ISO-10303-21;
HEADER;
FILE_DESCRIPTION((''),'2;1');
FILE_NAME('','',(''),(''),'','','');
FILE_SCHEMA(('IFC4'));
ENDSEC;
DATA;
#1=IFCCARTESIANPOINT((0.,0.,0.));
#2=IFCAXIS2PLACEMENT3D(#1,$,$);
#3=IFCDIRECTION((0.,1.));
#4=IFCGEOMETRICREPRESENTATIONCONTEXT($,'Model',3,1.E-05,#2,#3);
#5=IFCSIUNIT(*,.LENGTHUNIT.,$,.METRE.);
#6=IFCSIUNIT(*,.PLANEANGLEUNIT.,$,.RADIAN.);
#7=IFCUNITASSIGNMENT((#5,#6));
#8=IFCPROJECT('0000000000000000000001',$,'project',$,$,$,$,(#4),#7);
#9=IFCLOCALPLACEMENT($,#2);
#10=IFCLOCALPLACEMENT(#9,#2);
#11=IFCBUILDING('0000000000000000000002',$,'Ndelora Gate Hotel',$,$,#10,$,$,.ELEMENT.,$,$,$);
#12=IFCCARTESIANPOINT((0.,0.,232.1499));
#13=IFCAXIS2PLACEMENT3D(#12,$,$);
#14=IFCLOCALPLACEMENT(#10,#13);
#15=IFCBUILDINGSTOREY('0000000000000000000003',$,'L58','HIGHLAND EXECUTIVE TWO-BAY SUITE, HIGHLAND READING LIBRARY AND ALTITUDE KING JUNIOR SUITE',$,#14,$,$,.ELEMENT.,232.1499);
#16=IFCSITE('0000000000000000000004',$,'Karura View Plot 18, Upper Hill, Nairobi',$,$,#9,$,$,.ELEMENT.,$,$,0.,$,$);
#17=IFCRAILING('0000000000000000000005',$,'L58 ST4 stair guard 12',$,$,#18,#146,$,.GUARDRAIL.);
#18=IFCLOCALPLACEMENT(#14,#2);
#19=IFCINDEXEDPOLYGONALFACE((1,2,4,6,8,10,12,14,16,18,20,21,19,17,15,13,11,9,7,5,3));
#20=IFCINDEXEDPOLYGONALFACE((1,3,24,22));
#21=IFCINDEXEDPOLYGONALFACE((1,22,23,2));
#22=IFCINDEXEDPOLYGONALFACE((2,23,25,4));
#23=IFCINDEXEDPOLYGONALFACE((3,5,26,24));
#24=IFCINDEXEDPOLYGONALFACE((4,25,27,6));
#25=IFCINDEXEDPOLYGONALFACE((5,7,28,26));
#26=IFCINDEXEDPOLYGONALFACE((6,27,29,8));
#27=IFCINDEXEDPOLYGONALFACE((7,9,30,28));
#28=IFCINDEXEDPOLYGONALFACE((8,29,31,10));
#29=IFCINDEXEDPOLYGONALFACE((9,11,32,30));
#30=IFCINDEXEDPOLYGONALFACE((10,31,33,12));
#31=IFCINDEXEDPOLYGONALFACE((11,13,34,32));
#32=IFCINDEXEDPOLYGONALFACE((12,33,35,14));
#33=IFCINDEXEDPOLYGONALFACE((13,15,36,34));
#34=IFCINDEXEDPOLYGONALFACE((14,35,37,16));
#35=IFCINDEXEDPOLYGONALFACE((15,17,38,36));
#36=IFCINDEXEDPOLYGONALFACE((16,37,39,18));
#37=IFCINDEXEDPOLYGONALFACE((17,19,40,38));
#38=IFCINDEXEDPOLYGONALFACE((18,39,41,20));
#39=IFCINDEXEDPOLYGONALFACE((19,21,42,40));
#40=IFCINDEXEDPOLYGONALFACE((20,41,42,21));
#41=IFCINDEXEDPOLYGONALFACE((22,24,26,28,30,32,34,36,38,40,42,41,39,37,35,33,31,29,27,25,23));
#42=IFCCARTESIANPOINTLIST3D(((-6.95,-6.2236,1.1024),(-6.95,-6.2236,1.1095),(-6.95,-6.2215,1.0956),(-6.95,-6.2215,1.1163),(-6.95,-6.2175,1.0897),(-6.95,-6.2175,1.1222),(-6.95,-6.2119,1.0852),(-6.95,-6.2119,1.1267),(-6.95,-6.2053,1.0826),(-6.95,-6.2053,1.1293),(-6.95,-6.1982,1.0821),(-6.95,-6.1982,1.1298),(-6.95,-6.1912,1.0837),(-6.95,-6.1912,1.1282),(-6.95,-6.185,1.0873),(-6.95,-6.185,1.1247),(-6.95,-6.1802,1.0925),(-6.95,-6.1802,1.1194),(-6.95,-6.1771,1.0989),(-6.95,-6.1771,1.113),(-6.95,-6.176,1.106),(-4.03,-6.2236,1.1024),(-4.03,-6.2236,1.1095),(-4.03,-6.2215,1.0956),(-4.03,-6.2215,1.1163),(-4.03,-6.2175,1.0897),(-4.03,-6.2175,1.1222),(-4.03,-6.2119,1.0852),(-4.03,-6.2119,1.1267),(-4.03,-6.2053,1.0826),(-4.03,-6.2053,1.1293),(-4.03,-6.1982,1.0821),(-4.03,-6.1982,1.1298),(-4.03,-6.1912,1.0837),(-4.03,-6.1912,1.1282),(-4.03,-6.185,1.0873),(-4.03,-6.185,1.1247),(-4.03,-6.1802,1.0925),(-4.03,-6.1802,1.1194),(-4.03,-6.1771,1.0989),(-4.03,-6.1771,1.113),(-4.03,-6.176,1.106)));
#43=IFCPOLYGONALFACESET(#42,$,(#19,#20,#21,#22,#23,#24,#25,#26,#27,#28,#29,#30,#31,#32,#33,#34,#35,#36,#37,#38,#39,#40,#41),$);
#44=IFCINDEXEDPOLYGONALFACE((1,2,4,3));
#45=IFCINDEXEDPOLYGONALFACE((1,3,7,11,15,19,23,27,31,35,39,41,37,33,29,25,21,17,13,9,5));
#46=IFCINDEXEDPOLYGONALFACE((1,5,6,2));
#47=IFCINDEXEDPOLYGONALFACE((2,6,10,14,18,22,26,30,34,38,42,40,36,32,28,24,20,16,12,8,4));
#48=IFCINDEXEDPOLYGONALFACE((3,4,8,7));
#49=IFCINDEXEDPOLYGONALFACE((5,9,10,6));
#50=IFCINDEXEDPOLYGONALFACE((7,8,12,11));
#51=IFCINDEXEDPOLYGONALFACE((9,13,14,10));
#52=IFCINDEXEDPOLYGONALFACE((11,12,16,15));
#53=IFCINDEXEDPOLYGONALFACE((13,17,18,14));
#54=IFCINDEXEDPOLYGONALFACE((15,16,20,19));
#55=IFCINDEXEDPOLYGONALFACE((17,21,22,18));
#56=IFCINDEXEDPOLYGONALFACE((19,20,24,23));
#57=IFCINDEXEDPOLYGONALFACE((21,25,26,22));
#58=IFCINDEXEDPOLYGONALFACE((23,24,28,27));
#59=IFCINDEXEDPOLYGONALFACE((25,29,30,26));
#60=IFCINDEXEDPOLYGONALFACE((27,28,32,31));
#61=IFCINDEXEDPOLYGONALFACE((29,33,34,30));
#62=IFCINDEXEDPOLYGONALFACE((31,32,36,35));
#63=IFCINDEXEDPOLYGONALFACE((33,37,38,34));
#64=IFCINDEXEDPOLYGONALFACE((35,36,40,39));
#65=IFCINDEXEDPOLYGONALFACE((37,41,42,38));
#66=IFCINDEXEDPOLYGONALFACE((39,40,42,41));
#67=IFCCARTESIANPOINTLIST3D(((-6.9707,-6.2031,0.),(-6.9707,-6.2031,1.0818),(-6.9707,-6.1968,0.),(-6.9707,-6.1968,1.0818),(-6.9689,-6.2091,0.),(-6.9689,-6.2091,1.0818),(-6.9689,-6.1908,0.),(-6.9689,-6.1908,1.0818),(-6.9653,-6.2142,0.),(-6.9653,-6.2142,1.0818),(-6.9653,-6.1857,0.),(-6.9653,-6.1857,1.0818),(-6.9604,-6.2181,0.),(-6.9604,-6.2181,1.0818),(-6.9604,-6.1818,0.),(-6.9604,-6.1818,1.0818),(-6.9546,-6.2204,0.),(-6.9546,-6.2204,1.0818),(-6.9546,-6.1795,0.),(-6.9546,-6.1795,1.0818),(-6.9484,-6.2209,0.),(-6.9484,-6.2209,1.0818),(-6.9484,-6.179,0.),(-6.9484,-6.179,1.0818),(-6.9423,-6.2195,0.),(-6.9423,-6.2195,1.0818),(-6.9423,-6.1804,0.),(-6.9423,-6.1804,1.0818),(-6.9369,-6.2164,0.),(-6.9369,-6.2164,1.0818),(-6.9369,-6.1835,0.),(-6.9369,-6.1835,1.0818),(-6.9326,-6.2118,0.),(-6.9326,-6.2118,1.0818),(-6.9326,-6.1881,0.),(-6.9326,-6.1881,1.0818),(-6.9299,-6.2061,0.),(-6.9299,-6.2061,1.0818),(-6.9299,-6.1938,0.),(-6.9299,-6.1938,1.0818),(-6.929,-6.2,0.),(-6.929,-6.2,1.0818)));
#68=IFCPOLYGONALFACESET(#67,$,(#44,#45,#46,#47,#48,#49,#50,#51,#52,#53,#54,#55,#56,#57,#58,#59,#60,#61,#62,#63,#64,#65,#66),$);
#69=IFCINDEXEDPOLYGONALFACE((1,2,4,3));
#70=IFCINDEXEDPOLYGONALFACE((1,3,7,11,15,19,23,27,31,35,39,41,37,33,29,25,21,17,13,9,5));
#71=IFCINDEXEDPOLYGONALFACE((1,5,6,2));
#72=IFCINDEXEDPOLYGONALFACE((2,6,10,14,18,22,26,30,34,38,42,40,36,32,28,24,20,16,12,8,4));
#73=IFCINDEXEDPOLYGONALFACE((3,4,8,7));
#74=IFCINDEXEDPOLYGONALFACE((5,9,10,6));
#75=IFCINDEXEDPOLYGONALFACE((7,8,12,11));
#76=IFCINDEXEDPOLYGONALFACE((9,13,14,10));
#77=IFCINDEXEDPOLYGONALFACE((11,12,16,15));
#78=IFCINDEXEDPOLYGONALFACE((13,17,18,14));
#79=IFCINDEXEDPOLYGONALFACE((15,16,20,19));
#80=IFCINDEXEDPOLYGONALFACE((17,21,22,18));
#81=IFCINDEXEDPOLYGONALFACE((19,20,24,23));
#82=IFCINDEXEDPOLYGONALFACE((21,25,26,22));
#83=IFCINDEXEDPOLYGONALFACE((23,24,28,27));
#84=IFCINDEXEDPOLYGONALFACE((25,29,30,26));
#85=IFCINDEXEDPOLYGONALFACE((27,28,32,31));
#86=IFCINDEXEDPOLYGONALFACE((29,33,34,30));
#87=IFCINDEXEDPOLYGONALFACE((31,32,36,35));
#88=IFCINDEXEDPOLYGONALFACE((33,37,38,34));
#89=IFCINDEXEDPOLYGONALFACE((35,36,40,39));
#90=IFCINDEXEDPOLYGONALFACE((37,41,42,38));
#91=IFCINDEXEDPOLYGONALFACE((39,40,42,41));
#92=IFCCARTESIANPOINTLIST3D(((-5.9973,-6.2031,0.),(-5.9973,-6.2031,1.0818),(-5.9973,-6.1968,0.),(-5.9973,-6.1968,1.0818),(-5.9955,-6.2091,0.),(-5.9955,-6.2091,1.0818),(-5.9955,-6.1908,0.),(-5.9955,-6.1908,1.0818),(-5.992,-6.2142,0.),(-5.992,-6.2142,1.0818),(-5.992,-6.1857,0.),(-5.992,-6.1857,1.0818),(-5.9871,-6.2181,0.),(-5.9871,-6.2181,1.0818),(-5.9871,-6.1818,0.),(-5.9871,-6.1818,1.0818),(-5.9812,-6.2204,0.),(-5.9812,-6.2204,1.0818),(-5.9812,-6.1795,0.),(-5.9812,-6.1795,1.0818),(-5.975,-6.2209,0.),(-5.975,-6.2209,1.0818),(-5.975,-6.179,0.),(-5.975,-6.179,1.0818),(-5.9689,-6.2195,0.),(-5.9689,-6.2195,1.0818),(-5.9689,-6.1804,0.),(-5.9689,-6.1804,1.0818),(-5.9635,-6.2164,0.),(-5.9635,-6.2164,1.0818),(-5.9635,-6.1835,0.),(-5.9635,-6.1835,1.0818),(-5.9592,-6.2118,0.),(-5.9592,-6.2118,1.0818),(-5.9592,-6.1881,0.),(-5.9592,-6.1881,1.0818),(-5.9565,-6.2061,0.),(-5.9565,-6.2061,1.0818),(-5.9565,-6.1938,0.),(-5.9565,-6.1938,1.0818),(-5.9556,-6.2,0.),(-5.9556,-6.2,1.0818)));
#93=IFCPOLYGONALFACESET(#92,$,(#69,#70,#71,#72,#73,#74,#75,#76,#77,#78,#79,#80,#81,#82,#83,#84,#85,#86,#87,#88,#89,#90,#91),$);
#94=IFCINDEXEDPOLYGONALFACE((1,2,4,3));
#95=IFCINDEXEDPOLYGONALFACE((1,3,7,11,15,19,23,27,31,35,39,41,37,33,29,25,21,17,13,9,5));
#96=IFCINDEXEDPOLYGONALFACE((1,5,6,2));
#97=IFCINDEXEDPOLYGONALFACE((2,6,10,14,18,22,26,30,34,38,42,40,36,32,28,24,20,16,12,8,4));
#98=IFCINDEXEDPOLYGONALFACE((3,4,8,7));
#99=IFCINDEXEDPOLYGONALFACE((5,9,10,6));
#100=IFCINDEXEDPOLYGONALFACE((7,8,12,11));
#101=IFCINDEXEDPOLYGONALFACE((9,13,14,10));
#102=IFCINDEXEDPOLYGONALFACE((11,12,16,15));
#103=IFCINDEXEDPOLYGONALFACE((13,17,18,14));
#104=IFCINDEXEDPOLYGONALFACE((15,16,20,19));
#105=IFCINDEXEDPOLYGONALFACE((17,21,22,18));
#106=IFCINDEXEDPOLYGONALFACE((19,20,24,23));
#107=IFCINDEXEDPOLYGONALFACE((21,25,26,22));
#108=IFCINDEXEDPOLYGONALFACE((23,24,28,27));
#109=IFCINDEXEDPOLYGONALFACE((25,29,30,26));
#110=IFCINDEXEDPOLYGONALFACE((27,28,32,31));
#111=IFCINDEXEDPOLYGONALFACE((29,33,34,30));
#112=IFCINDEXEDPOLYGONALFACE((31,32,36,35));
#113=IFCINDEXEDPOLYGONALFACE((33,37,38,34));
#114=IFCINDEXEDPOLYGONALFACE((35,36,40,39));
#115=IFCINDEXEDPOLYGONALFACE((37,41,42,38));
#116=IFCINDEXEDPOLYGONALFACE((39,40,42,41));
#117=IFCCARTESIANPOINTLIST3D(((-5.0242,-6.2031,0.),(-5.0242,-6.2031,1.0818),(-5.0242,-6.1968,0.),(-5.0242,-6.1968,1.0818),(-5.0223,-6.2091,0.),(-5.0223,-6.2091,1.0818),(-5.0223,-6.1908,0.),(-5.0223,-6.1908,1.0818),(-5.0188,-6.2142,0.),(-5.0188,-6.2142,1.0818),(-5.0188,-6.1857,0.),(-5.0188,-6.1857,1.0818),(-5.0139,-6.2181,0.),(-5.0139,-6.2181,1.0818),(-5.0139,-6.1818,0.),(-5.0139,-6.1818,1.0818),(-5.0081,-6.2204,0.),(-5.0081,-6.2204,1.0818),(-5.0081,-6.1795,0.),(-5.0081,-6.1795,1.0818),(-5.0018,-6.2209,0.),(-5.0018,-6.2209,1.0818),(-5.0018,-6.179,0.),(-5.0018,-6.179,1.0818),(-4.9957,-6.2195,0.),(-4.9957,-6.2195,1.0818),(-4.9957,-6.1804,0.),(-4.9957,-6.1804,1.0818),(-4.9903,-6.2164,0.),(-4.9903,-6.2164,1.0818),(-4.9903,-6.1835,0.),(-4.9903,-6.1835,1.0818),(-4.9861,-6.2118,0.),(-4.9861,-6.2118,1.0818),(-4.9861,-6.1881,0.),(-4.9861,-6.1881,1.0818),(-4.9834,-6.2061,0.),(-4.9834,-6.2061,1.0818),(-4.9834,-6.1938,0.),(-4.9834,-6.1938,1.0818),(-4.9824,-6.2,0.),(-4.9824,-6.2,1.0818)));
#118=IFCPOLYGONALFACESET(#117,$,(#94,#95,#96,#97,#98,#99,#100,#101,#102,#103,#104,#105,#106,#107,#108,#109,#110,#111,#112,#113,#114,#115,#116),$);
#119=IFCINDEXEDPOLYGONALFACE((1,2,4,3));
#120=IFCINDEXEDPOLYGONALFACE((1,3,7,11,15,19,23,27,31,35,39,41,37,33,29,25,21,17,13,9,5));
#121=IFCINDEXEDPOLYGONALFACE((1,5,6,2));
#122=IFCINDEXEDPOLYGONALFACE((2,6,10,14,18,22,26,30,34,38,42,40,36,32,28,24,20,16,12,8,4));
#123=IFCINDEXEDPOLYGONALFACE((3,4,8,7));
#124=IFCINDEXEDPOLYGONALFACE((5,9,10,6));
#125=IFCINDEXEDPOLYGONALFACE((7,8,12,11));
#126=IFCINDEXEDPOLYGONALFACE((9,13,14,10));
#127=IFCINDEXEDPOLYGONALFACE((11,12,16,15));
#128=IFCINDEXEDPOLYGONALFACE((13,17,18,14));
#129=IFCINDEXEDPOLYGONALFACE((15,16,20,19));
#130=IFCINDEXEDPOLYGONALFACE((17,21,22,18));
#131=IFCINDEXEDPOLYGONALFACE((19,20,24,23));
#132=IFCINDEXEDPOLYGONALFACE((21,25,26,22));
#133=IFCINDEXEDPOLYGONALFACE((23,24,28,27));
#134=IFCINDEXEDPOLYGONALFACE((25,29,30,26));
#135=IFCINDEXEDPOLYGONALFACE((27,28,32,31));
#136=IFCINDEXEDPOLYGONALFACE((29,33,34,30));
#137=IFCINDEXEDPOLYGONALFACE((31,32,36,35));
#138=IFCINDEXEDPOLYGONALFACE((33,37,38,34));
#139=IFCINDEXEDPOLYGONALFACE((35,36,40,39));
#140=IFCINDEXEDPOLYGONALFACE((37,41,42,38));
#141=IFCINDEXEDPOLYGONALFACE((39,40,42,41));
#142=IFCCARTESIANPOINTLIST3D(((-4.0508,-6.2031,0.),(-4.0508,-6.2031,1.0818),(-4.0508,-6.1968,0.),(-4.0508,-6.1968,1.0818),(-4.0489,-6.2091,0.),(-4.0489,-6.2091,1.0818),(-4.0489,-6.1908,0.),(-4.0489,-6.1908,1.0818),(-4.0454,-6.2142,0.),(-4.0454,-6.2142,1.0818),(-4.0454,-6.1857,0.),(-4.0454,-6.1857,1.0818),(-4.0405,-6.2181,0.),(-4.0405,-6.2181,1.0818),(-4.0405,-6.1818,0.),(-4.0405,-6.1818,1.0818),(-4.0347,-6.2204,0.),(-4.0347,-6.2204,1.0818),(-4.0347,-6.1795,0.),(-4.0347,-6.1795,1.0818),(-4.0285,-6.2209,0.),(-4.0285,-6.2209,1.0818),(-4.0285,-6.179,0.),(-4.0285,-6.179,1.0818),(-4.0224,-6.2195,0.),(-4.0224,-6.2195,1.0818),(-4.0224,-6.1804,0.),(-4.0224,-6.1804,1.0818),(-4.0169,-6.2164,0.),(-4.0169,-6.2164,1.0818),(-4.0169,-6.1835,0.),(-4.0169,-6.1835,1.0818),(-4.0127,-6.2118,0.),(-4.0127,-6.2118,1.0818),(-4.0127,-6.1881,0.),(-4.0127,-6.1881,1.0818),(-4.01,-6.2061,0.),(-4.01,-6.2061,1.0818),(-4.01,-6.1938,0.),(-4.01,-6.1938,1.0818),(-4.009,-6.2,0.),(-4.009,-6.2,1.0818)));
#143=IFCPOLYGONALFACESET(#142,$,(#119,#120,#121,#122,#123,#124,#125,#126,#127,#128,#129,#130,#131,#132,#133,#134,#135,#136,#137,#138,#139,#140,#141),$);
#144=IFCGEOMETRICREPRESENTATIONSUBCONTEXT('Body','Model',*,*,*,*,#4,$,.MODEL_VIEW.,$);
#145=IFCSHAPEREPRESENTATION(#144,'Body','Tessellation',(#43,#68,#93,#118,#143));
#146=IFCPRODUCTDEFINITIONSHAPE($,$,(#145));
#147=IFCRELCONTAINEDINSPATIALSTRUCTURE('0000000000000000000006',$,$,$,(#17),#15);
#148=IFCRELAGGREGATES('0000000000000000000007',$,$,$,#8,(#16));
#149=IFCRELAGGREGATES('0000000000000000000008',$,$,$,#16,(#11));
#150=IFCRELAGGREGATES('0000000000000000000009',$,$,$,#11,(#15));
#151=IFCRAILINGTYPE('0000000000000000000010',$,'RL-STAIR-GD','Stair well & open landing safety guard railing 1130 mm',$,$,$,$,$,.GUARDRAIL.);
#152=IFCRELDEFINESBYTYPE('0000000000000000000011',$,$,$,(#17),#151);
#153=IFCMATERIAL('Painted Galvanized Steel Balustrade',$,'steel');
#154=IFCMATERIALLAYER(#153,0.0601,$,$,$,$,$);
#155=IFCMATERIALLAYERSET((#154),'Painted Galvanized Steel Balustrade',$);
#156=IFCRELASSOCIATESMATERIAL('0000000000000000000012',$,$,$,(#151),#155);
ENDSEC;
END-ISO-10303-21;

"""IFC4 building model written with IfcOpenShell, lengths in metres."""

from ifc_helpers import new_model, si_unit, direction, frame, origin, origin_2d, place, context, subcontext, project, spatial, circle, extrude, material, layer, layer_set, type_object, element, save


model = new_model("IFC4")

# Units and contexts
model_context = context("Model", 3, precision=1e-05, world=origin(), true_north=direction((0.0, 1.0)))
body_context = subcontext(model_context, "Body", "Model", "MODEL_VIEW")
ifc_project = project(units=[si_unit("LENGTHUNIT", "METRE"), si_unit("PLANEANGLEUNIT", "RADIAN")], contexts=[model_context])

# Site, building, storey
site_placement = place(None, origin())
site = spatial("IfcSite", under=ifc_project, at=site_placement, Name="Karura View Plot 18, Upper Hill, Nairobi", CompositionType="ELEMENT", RefElevation=0.0)
building_placement = place(site_placement, origin())
building = spatial("IfcBuilding", under=site, at=building_placement, Name="Ndelora Gate Hotel", CompositionType="ELEMENT")
storey_placement = place(building_placement, frame((0.0, 0.0, 232.1499)))
storey = spatial("IfcBuildingStorey", under=building, at=storey_placement, Name="L58", Description="HIGHLAND EXECUTIVE TWO-BAY SUITE, HIGHLAND READING LIBRARY AND ALTITUDE KING JUNIOR SUITE", CompositionType="ELEMENT", Elevation=232.1499)

# Railing
ifc_material_1 = material(Name="Painted Galvanized Steel Balustrade", Category="steel")
ifc_layer_1 = layer(ifc_material_1, 0.0601)
ifc_layer_set_1 = layer_set([ifc_layer_1], Name="Painted Galvanized Steel Balustrade")
railing_type = type_object("IfcRailingType", Name="RL-STAIR-GD", Description="Stair well & open landing safety guard railing 1130 mm", PredefinedType="GUARDRAIL", material=ifc_layer_set_1)
railing_1_placement = place(storey_placement, frame((-6.95, -6.2, 0.0)))
element("IfcRailing", 1, at=railing_1_placement, inside=storey, type_object=railing_type, Name="L58 ST4 stair guard 12", PredefinedType="GUARDRAIL", context=body_context, shape_type="SweptSolid", body=[
    extrude(circle(Radius=0.0239, at=origin_2d()), frame((0.0, 0.0, 1.106), z_axis=(1.0, 0.0, 0.0), x_axis=(0.0, 1.0, 0.0)), (0.0, 0.0, 1.0), 2.9199),
    extrude(circle(Radius=0.021, at=origin_2d()), origin(), (0.0, 0.0, 1.0), 1.0818),
    extrude(circle(Radius=0.021, at=origin_2d()), frame((0.9734, 0.0, 0.0)), (0.0, 0.0, 1.0), 1.0818),
    extrude(circle(Radius=0.021, at=origin_2d()), frame((1.9465, 0.0, 0.0)), (0.0, 0.0, 1.0), 1.0818),
    extrude(circle(Radius=0.021, at=origin_2d()), frame((2.9199, 0.0, 0.0)), (0.0, 0.0, 1.0), 1.0818),
])

save(model, "model.ifc")
